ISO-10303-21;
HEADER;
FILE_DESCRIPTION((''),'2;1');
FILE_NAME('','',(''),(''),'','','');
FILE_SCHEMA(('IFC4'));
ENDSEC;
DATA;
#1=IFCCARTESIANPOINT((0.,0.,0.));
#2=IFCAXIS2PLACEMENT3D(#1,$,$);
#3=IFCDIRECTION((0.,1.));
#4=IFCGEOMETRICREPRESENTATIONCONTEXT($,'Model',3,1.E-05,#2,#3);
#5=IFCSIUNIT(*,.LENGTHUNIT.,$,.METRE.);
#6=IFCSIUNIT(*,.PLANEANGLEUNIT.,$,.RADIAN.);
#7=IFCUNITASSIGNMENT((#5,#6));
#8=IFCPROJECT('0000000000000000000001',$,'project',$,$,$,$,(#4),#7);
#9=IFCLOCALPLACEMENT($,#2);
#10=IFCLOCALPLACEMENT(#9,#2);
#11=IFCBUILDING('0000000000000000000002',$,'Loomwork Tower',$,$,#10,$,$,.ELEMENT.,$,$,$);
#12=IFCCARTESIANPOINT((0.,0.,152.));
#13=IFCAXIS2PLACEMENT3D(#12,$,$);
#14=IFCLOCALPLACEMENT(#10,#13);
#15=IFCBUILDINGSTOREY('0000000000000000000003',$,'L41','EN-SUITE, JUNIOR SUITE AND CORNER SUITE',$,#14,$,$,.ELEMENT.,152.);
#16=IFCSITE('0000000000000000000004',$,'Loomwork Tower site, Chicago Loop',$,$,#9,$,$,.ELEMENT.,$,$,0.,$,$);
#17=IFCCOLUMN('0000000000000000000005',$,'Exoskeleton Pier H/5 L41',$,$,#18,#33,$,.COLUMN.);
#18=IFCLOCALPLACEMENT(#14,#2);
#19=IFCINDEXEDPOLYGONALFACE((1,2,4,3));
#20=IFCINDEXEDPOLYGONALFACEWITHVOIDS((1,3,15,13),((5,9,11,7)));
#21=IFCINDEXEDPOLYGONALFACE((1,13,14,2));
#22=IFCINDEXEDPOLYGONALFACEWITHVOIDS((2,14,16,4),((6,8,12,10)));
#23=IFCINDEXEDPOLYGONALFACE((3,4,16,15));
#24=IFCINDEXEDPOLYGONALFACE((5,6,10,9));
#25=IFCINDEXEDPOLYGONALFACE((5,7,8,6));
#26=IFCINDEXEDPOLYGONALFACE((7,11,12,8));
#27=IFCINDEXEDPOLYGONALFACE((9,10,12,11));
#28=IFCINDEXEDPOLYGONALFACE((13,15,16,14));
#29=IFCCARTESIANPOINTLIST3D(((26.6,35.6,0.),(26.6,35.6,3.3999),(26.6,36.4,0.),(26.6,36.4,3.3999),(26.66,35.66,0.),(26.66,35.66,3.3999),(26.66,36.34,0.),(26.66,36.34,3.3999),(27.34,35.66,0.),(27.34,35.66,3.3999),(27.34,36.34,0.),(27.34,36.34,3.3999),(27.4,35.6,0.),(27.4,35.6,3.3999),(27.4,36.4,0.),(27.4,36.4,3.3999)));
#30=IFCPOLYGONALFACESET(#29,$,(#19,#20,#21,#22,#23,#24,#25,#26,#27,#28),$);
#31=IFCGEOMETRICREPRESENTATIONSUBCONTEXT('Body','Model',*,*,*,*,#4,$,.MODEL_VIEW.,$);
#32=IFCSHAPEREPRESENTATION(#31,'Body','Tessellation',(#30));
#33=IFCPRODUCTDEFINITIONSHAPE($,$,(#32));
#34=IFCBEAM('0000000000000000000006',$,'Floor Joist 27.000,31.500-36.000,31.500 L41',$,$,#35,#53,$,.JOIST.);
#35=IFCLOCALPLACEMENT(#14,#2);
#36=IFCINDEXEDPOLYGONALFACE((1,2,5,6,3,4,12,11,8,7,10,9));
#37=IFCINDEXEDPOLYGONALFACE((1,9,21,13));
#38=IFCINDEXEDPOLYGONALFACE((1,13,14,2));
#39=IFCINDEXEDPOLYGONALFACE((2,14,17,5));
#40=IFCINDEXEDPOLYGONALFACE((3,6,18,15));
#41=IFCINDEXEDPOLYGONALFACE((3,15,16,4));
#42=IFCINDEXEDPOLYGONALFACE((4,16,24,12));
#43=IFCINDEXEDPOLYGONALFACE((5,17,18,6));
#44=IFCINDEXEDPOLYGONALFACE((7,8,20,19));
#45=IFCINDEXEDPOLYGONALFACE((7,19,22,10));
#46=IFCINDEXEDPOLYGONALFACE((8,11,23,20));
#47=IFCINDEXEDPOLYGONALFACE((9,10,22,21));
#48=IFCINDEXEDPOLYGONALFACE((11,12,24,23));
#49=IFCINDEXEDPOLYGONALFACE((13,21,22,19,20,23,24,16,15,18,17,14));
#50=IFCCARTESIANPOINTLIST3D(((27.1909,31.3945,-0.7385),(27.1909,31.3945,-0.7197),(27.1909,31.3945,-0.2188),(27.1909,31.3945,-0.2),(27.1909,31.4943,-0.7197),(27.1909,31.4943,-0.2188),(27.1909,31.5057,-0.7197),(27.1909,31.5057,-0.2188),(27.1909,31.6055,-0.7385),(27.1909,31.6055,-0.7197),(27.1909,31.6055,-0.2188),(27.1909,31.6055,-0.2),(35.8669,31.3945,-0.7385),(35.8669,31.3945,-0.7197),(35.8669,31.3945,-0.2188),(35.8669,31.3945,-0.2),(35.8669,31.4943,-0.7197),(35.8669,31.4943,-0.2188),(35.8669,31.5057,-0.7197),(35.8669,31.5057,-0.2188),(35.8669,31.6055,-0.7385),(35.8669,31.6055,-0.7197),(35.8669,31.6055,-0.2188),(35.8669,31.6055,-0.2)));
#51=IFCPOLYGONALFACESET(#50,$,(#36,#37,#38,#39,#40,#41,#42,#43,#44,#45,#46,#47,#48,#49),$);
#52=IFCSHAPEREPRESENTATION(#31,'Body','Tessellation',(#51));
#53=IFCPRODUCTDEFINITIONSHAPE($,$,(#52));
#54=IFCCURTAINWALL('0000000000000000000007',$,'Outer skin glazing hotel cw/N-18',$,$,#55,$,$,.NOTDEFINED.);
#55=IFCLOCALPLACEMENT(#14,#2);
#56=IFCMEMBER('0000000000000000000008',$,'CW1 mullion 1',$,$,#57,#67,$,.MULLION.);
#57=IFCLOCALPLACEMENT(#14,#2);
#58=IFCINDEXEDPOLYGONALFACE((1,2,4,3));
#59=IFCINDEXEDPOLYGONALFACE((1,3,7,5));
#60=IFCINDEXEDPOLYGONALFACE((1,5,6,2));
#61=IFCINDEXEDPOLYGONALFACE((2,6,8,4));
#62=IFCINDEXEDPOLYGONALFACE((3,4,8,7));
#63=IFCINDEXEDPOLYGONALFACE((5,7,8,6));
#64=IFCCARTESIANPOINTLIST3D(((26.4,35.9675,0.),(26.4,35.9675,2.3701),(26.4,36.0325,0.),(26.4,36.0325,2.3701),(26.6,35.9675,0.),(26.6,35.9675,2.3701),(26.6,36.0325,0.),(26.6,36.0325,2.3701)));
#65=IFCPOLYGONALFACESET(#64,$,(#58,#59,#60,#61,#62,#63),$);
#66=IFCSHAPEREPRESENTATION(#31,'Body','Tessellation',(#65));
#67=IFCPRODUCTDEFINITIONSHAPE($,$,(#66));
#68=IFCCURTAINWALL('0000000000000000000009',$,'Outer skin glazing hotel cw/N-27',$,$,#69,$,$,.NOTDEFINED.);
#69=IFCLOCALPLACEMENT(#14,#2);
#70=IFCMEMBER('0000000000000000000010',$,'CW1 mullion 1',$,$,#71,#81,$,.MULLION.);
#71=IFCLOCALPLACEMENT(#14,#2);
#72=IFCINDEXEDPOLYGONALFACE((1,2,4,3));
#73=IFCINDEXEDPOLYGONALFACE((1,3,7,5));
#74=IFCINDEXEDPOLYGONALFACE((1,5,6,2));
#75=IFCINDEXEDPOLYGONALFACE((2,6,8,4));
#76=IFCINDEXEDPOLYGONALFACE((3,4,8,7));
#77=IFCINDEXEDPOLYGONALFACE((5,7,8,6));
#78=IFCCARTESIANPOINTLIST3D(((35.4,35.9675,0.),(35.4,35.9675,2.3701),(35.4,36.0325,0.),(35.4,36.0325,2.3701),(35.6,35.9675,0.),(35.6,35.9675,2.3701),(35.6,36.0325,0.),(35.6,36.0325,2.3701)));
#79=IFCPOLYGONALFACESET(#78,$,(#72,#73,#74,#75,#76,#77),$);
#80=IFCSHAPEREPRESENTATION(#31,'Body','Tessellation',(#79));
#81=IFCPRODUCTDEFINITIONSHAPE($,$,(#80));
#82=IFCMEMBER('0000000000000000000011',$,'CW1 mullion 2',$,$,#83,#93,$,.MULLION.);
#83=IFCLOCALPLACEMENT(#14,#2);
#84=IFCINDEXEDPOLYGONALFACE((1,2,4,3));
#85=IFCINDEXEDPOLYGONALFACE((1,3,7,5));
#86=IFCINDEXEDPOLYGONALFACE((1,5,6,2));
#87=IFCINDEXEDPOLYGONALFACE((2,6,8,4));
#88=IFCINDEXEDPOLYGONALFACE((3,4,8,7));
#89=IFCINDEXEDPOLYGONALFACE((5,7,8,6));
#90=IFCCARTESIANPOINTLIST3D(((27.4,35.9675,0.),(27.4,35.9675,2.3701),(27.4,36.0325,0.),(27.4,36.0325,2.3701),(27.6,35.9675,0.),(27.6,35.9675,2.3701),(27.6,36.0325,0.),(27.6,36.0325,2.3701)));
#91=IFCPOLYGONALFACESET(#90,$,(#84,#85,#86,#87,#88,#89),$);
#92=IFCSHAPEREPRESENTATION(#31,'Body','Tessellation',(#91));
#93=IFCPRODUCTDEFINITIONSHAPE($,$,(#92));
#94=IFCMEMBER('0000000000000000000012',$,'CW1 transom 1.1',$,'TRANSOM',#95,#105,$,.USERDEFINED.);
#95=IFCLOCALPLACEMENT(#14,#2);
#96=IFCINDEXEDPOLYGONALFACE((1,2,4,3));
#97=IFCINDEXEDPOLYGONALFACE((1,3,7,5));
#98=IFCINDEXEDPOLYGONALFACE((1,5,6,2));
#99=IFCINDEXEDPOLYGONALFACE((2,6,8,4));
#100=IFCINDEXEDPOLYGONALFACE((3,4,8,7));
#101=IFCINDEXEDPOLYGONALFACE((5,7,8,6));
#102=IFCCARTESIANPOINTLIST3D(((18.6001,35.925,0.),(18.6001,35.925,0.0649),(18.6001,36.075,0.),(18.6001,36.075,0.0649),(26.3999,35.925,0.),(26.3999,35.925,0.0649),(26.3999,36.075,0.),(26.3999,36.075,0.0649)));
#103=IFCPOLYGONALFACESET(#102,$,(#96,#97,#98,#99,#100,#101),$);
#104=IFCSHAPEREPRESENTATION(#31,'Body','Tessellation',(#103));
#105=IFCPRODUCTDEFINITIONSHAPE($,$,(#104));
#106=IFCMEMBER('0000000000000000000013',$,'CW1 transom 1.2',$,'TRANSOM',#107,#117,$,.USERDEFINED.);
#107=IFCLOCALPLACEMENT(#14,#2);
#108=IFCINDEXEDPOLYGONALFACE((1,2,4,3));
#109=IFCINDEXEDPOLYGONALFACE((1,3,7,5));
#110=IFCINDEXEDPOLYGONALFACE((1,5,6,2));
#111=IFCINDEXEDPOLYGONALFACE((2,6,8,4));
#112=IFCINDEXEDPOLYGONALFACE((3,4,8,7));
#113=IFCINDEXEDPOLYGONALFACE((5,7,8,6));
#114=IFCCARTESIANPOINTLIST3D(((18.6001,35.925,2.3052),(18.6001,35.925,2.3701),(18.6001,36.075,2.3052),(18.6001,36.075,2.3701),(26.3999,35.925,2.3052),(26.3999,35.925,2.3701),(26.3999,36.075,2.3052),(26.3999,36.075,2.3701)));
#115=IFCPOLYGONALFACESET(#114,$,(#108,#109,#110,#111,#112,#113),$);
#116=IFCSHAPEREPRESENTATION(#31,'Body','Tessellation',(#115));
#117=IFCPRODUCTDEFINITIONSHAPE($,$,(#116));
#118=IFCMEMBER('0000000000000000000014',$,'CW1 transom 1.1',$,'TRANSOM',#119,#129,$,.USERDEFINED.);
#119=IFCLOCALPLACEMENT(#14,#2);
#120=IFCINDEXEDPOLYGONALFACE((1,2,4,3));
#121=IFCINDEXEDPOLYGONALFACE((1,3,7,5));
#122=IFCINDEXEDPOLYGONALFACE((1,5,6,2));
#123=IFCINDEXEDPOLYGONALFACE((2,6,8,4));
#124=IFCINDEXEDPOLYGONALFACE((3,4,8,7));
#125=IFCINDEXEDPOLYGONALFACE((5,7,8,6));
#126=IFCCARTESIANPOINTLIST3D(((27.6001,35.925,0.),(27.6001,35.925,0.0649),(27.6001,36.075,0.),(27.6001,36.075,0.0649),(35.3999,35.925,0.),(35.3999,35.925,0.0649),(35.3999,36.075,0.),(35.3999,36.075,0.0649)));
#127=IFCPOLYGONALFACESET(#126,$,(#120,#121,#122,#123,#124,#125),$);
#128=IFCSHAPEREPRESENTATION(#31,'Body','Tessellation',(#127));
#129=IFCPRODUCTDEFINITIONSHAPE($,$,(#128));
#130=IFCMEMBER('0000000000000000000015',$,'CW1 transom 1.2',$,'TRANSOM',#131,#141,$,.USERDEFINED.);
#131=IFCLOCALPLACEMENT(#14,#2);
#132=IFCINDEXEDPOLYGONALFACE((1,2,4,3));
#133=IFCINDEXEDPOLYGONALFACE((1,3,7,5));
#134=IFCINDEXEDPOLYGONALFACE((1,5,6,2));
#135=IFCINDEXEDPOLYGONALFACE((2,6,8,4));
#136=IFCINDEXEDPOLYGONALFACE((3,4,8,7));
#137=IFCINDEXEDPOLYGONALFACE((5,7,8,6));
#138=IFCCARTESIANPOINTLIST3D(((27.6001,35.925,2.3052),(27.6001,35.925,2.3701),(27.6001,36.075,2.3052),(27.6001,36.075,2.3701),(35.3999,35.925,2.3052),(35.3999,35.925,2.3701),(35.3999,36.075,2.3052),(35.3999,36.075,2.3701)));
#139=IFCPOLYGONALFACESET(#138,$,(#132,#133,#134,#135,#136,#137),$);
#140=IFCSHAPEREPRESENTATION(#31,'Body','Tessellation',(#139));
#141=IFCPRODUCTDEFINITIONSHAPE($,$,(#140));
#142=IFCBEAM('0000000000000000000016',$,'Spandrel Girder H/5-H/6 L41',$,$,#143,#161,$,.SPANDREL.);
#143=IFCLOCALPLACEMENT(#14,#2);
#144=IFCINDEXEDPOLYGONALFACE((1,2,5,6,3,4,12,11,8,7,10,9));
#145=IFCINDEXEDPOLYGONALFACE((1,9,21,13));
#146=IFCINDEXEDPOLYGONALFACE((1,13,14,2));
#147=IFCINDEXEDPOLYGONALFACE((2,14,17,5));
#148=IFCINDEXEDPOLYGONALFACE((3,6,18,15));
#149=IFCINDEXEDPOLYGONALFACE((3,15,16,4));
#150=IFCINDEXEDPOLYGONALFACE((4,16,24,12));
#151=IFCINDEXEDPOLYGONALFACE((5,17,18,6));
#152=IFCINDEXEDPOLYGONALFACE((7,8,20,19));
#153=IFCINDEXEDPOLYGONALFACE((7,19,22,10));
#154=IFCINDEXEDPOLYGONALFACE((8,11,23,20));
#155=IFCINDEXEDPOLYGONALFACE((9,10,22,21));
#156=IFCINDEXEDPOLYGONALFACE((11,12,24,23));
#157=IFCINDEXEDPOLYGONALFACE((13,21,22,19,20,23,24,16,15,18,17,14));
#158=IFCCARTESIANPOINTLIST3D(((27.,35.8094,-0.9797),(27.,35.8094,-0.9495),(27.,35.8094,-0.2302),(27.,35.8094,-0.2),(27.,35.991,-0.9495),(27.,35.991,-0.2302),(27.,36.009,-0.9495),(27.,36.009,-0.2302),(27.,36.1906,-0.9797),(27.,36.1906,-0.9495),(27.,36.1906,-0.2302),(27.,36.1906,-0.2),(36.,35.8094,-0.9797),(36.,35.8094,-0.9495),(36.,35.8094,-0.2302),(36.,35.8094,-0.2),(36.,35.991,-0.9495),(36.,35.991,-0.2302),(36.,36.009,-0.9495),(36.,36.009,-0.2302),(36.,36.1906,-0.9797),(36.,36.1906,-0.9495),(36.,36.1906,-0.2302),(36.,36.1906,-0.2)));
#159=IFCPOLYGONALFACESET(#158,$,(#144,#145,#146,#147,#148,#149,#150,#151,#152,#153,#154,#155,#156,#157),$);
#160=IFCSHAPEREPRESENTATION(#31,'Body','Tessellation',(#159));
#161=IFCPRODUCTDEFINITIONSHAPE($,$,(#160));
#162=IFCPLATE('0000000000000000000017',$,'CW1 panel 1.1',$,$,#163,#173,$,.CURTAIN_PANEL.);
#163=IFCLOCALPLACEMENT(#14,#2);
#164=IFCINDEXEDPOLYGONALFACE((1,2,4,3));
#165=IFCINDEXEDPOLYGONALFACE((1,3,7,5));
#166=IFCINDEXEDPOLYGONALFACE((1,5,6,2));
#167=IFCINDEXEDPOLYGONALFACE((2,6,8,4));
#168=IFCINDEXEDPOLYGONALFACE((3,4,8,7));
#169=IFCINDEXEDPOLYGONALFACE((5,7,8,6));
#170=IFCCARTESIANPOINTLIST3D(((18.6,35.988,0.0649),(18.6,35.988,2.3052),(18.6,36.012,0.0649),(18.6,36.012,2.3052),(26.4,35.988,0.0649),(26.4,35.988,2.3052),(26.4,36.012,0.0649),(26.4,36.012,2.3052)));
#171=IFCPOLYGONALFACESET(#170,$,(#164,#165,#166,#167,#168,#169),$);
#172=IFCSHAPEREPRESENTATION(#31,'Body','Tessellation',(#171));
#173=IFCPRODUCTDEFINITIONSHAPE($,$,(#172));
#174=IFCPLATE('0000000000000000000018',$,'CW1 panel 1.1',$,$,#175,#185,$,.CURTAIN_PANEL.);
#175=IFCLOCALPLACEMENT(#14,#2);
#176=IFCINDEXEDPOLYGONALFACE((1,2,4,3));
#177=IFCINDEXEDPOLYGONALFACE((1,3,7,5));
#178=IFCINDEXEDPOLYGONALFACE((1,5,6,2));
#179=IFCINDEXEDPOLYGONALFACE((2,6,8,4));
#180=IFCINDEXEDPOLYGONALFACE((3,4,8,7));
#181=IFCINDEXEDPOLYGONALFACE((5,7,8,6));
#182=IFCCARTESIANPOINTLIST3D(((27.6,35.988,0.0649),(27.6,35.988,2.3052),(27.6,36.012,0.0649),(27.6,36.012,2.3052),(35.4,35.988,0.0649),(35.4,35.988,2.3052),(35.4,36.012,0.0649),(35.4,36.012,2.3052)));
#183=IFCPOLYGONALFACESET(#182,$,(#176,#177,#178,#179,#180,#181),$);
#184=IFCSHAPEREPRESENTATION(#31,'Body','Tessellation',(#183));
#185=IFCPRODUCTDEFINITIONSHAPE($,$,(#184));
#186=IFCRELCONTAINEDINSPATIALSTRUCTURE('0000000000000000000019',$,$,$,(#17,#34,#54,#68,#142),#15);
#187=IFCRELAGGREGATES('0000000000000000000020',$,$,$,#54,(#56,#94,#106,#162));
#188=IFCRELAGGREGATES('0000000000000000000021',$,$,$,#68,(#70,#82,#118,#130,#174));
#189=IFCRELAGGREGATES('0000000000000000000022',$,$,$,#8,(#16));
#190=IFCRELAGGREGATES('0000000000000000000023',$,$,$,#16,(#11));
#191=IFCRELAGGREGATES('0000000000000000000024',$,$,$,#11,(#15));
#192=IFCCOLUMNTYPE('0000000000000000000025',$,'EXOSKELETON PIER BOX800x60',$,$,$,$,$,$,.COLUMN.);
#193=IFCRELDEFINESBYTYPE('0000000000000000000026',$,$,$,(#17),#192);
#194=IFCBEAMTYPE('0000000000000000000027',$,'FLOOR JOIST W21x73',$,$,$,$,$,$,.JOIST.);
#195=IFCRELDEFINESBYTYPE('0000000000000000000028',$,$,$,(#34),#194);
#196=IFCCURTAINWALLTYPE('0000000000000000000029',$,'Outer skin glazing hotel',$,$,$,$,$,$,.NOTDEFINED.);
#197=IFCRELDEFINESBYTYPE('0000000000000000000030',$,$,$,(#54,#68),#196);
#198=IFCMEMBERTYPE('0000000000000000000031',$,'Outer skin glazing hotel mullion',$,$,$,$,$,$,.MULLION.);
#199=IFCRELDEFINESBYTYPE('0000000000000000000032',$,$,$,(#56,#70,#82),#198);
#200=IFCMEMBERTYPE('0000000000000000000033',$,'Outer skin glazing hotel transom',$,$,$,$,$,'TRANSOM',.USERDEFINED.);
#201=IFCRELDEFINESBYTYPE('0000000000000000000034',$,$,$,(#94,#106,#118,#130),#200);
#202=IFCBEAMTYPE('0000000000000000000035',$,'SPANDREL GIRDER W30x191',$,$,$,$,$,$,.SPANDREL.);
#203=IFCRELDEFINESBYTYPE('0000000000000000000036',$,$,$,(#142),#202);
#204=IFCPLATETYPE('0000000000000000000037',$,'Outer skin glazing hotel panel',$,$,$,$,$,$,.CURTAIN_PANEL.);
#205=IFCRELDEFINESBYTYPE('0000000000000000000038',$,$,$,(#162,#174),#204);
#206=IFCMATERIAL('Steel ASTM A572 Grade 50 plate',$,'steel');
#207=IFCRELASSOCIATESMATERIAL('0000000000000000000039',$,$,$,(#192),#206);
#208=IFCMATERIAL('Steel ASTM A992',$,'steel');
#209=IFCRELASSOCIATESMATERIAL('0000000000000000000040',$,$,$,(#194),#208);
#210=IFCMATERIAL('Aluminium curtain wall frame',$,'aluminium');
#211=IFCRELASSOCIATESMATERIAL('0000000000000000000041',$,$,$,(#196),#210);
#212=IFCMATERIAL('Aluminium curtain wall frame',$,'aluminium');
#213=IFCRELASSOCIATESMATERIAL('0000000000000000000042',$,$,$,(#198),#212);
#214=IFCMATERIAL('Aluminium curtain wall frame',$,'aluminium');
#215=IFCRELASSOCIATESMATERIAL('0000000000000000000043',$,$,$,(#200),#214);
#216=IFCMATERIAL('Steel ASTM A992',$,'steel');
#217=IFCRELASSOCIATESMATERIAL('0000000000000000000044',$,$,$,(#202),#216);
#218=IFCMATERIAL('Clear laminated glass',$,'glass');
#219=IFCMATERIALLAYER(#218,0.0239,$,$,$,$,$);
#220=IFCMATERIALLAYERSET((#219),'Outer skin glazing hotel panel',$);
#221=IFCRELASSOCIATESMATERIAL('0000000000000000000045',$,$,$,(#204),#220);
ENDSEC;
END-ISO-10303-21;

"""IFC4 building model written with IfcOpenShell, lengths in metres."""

from ifc_helpers import new_model, si_unit, direction, frame, origin, origin_2d, place, context, subcontext, project, spatial, rectangle, hollow_rectangle, i_section, extrude, material, layer, layer_set, material_profile, profile_set, type_object, element, aggregate, save


model = new_model("IFC4")

# Units and contexts
model_context = context("Model", 3, precision=1e-05, world=origin(), true_north=direction((0.0, 1.0)))
body_context = subcontext(model_context, "Body", "Model", "MODEL_VIEW")
ifc_project = project(units=[si_unit("LENGTHUNIT", "METRE"), si_unit("PLANEANGLEUNIT", "RADIAN")], contexts=[model_context])

# Site, building, storey
site_placement = place(None, origin())
site = spatial("IfcSite", under=ifc_project, at=site_placement, Name="Loomwork Tower site, Chicago Loop", CompositionType="ELEMENT", RefElevation=0.0)
building_placement = place(site_placement, origin())
building = spatial("IfcBuilding", under=site, at=building_placement, Name="Loomwork Tower", CompositionType="ELEMENT")
storey_placement = place(building_placement, frame((0.0, 0.0, 152.0)))
storey = spatial("IfcBuildingStorey", under=building, at=storey_placement, Name="L41", Description="EN-SUITE, JUNIOR SUITE AND CORNER SUITE", CompositionType="ELEMENT", Elevation=152.0)

# Column
ifc_material_1 = material(Name="Steel ASTM A572 Grade 50 plate", Category="steel")
ifc_material_profile_1 = material_profile(ifc_material_1, hollow_rectangle(XDim=0.8, YDim=0.8, WallThickness=0.0601, at=origin_2d()), Name="BOX800x60")
ifc_profile_set_1 = profile_set([ifc_material_profile_1], Name="Steel ASTM A572 Grade 50 plate")
column_type = type_object("IfcColumnType", Name="EXOSKELETON PIER BOX800x60", PredefinedType="COLUMN", material=ifc_profile_set_1)
column_placement = place(storey_placement, frame((27.0, 36.0, 0.0), z_axis=(0.0, 0.0, 1.0), x_axis=(1.0, 0.0, 0.0)))
element("IfcColumn", 1, at=column_placement, inside=storey, type_object=column_type, Name="Exoskeleton Pier H/5 L41", PredefinedType="COLUMN", context=body_context, shape_type="SweptSolid", body=[
    extrude(hollow_rectangle(XDim=0.8, YDim=0.8, WallThickness=0.0601, at=origin_2d()), origin(), (0.0, 0.0, 1.0), 3.3999),
])

# Beam
ifc_material_2 = material(Name="Steel ASTM A992", Category="steel")
ifc_material_profile_2 = material_profile(ifc_material_2, i_section(OverallWidth=0.2109, OverallDepth=0.5386, WebThickness=0.0115, FlangeThickness=0.0188, at=origin_2d()), Name="W21x73")
ifc_profile_set_2 = profile_set([ifc_material_profile_2], Name="Steel ASTM A992")
beam_type_1 = type_object("IfcBeamType", Name="FLOOR JOIST W21x73", PredefinedType="JOIST", material=ifc_profile_set_2)
beam_1_placement = place(storey_placement, frame((27.1909, 31.5, -0.4692), z_axis=(1.0, 0.0, 0.0), x_axis=(0.0, 1.0, 0.0)))
element("IfcBeam", 2, at=beam_1_placement, inside=storey, type_object=beam_type_1, Name="Floor Joist 27.000,31.500-36.000,31.500 L41", PredefinedType="JOIST", context=body_context, shape_type="SweptSolid", body=[
    extrude(i_section(OverallWidth=0.2109, OverallDepth=0.5386, WebThickness=0.0115, FlangeThickness=0.0188, at=origin_2d()), origin(), (0.0, 0.0, 1.0), 8.676),
])

# Curtain wall, member
ifc_material_3 = material(Name="Aluminium curtain wall frame", Category="aluminium")
curtain_wall_type = type_object("IfcCurtainWallType", Name="Outer skin glazing hotel", PredefinedType="NOTDEFINED", material=ifc_material_3)
curtain_wall_1_placement = place(storey_placement, origin())
curtain_wall_1 = element("IfcCurtainWall", 3, at=curtain_wall_1_placement, inside=storey, type_object=curtain_wall_type, Name="Outer skin glazing hotel cw/N-18", PredefinedType="NOTDEFINED")
ifc_material_4 = material(Name="Aluminium curtain wall frame", Category="aluminium")
ifc_material_profile_3 = material_profile(ifc_material_4, rectangle(XDim=0.0649, YDim=0.2, at=origin_2d()), Name="AL 65x200")
ifc_profile_set_3 = profile_set([ifc_material_profile_3], Name="Aluminium curtain wall frame")
member_type_1 = type_object("IfcMemberType", Name="Outer skin glazing hotel mullion", PredefinedType="MULLION", material=ifc_profile_set_3)
member_1_placement = place(storey_placement, frame((26.5, 36.0, 0.0), z_axis=(0.0, 0.0, 1.0), x_axis=(0.0, -1.0, 0.0)))
member_1 = element("IfcMember", 4, at=member_1_placement, type_object=member_type_1, Name="CW1 mullion 1", PredefinedType="MULLION", context=body_context, shape_type="SweptSolid", body=[
    extrude(rectangle(XDim=0.0649, YDim=0.2, at=origin_2d()), origin(), (0.0, 0.0, 1.0), 2.3701),
])

# Curtain wall, members
curtain_wall_2_placement = place(storey_placement, origin())
curtain_wall_2 = element("IfcCurtainWall", 5, at=curtain_wall_2_placement, inside=storey, type_object=curtain_wall_type, Name="Outer skin glazing hotel cw/N-27", PredefinedType="NOTDEFINED")
member_2_placement = place(storey_placement, frame((35.5, 36.0, 0.0), z_axis=(0.0, 0.0, 1.0), x_axis=(0.0, -1.0, 0.0)))
member_2 = element("IfcMember", 6, at=member_2_placement, type_object=member_type_1, Name="CW1 mullion 1", PredefinedType="MULLION", context=body_context, shape_type="SweptSolid", body=[
    extrude(rectangle(XDim=0.0649, YDim=0.2, at=origin_2d()), origin(), (0.0, 0.0, 1.0), 2.3701),
])
member_3_placement = place(storey_placement, frame((27.5, 36.0, 0.0), z_axis=(0.0, 0.0, 1.0), x_axis=(0.0, -1.0, 0.0)))
member_3 = element("IfcMember", 7, at=member_3_placement, type_object=member_type_1, Name="CW1 mullion 2", PredefinedType="MULLION", context=body_context, shape_type="SweptSolid", body=[
    extrude(rectangle(XDim=0.0649, YDim=0.2, at=origin_2d()), origin(), (0.0, 0.0, 1.0), 2.3701),
])

# Members
ifc_material_5 = material(Name="Aluminium curtain wall frame", Category="aluminium")
ifc_material_profile_4 = material_profile(ifc_material_5, rectangle(XDim=0.1499, YDim=0.0649, at=origin_2d()), Name="AL 65x150")
ifc_profile_set_4 = profile_set([ifc_material_profile_4], Name="Aluminium curtain wall frame")
member_type_2 = type_object("IfcMemberType", Name="Outer skin glazing hotel transom", ElementType="TRANSOM", PredefinedType="USERDEFINED", material=ifc_profile_set_4)
member_4_placement = place(storey_placement, frame((26.3999, 36.0, 0.0325), z_axis=(-1.0, 0.0, 0.0), x_axis=(0.0, -1.0, 0.0)))
member_4 = element("IfcMember", 8, at=member_4_placement, type_object=member_type_2, Name="CW1 transom 1.1", ObjectType="TRANSOM", PredefinedType="USERDEFINED", context=body_context, shape_type="SweptSolid", body=[
    extrude(rectangle(XDim=0.1499, YDim=0.0649, at=origin_2d()), origin(), (0.0, 0.0, 1.0), 7.7998),
])
member_5_placement = place(storey_placement, frame((26.3999, 36.0, 2.3376), z_axis=(-1.0, 0.0, 0.0), x_axis=(0.0, -1.0, 0.0)))
member_5 = element("IfcMember", 9, at=member_5_placement, type_object=member_type_2, Name="CW1 transom 1.2", ObjectType="TRANSOM", PredefinedType="USERDEFINED", context=body_context, shape_type="SweptSolid", body=[
    extrude(rectangle(XDim=0.1499, YDim=0.0649, at=origin_2d()), origin(), (0.0, 0.0, 1.0), 7.7998),
])
member_6_placement = place(storey_placement, frame((35.3999, 36.0, 0.0325), z_axis=(-1.0, 0.0, 0.0), x_axis=(0.0, -1.0, 0.0)))
member_6 = element("IfcMember", 10, at=member_6_placement, type_object=member_type_2, Name="CW1 transom 1.1", ObjectType="TRANSOM", PredefinedType="USERDEFINED", context=body_context, shape_type="SweptSolid", body=[
    extrude(rectangle(XDim=0.1499, YDim=0.0649, at=origin_2d()), origin(), (0.0, 0.0, 1.0), 7.7998),
])
member_7_placement = place(storey_placement, frame((35.3999, 36.0, 2.3376), z_axis=(-1.0, 0.0, 0.0), x_axis=(0.0, -1.0, 0.0)))
member_7 = element("IfcMember", 11, at=member_7_placement, type_object=member_type_2, Name="CW1 transom 1.2", ObjectType="TRANSOM", PredefinedType="USERDEFINED", context=body_context, shape_type="SweptSolid", body=[
    extrude(rectangle(XDim=0.1499, YDim=0.0649, at=origin_2d()), origin(), (0.0, 0.0, 1.0), 7.7998),
])

# Beam
ifc_material_6 = material(Name="Steel ASTM A992", Category="steel")
ifc_material_profile_5 = material_profile(ifc_material_6, i_section(OverallWidth=0.3811, OverallDepth=0.7798, WebThickness=0.0181, FlangeThickness=0.0303, at=origin_2d()), Name="W30x191")
ifc_profile_set_5 = profile_set([ifc_material_profile_5], Name="Steel ASTM A992")
beam_type_2 = type_object("IfcBeamType", Name="SPANDREL GIRDER W30x191", PredefinedType="SPANDREL", material=ifc_profile_set_5)
beam_2_placement = place(storey_placement, frame((27.0, 36.0, -0.5898), z_axis=(1.0, 0.0, 0.0), x_axis=(0.0, 1.0, 0.0)))
element("IfcBeam", 12, at=beam_2_placement, inside=storey, type_object=beam_type_2, Name="Spandrel Girder H/5-H/6 L41", PredefinedType="SPANDREL", context=body_context, shape_type="SweptSolid", body=[
    extrude(i_section(OverallWidth=0.3811, OverallDepth=0.7798, WebThickness=0.0181, FlangeThickness=0.0303, at=origin_2d()), origin(), (0.0, 0.0, 1.0), 9.0),
])

# Plates
ifc_material_7 = material(Name="Clear laminated glass", Category="glass")
ifc_layer_1 = layer(ifc_material_7, 0.0239)
ifc_layer_set_1 = layer_set([ifc_layer_1], Name="Outer skin glazing hotel panel")
plate_type = type_object("IfcPlateType", Name="Outer skin glazing hotel panel", PredefinedType="CURTAIN_PANEL", material=ifc_layer_set_1)
plate_1_placement = place(storey_placement, frame((22.5, 36.0, 0.0649), z_axis=(0.0, 0.0, 1.0), x_axis=(-1.0, 0.0, 0.0)))
plate_1 = element("IfcPlate", 13, at=plate_1_placement, type_object=plate_type, Name="CW1 panel 1.1", PredefinedType="CURTAIN_PANEL", context=body_context, shape_type="SweptSolid", body=[
    extrude(rectangle(XDim=7.8, YDim=0.0239, at=origin_2d()), origin(), (0.0, 0.0, 1.0), 2.2402),
])
aggregate(curtain_wall_1, [member_1, member_4, member_5, plate_1])
plate_2_placement = place(storey_placement, frame((31.5, 36.0, 0.0649), z_axis=(0.0, 0.0, 1.0), x_axis=(-1.0, 0.0, 0.0)))
plate_2 = element("IfcPlate", 14, at=plate_2_placement, type_object=plate_type, Name="CW1 panel 1.1", PredefinedType="CURTAIN_PANEL", context=body_context, shape_type="SweptSolid", body=[
    extrude(rectangle(XDim=7.8, YDim=0.0239, at=origin_2d()), origin(), (0.0, 0.0, 1.0), 2.2402),
])
aggregate(curtain_wall_2, [member_2, member_3, member_6, member_7, plate_2])

save(model, "model.ifc")
